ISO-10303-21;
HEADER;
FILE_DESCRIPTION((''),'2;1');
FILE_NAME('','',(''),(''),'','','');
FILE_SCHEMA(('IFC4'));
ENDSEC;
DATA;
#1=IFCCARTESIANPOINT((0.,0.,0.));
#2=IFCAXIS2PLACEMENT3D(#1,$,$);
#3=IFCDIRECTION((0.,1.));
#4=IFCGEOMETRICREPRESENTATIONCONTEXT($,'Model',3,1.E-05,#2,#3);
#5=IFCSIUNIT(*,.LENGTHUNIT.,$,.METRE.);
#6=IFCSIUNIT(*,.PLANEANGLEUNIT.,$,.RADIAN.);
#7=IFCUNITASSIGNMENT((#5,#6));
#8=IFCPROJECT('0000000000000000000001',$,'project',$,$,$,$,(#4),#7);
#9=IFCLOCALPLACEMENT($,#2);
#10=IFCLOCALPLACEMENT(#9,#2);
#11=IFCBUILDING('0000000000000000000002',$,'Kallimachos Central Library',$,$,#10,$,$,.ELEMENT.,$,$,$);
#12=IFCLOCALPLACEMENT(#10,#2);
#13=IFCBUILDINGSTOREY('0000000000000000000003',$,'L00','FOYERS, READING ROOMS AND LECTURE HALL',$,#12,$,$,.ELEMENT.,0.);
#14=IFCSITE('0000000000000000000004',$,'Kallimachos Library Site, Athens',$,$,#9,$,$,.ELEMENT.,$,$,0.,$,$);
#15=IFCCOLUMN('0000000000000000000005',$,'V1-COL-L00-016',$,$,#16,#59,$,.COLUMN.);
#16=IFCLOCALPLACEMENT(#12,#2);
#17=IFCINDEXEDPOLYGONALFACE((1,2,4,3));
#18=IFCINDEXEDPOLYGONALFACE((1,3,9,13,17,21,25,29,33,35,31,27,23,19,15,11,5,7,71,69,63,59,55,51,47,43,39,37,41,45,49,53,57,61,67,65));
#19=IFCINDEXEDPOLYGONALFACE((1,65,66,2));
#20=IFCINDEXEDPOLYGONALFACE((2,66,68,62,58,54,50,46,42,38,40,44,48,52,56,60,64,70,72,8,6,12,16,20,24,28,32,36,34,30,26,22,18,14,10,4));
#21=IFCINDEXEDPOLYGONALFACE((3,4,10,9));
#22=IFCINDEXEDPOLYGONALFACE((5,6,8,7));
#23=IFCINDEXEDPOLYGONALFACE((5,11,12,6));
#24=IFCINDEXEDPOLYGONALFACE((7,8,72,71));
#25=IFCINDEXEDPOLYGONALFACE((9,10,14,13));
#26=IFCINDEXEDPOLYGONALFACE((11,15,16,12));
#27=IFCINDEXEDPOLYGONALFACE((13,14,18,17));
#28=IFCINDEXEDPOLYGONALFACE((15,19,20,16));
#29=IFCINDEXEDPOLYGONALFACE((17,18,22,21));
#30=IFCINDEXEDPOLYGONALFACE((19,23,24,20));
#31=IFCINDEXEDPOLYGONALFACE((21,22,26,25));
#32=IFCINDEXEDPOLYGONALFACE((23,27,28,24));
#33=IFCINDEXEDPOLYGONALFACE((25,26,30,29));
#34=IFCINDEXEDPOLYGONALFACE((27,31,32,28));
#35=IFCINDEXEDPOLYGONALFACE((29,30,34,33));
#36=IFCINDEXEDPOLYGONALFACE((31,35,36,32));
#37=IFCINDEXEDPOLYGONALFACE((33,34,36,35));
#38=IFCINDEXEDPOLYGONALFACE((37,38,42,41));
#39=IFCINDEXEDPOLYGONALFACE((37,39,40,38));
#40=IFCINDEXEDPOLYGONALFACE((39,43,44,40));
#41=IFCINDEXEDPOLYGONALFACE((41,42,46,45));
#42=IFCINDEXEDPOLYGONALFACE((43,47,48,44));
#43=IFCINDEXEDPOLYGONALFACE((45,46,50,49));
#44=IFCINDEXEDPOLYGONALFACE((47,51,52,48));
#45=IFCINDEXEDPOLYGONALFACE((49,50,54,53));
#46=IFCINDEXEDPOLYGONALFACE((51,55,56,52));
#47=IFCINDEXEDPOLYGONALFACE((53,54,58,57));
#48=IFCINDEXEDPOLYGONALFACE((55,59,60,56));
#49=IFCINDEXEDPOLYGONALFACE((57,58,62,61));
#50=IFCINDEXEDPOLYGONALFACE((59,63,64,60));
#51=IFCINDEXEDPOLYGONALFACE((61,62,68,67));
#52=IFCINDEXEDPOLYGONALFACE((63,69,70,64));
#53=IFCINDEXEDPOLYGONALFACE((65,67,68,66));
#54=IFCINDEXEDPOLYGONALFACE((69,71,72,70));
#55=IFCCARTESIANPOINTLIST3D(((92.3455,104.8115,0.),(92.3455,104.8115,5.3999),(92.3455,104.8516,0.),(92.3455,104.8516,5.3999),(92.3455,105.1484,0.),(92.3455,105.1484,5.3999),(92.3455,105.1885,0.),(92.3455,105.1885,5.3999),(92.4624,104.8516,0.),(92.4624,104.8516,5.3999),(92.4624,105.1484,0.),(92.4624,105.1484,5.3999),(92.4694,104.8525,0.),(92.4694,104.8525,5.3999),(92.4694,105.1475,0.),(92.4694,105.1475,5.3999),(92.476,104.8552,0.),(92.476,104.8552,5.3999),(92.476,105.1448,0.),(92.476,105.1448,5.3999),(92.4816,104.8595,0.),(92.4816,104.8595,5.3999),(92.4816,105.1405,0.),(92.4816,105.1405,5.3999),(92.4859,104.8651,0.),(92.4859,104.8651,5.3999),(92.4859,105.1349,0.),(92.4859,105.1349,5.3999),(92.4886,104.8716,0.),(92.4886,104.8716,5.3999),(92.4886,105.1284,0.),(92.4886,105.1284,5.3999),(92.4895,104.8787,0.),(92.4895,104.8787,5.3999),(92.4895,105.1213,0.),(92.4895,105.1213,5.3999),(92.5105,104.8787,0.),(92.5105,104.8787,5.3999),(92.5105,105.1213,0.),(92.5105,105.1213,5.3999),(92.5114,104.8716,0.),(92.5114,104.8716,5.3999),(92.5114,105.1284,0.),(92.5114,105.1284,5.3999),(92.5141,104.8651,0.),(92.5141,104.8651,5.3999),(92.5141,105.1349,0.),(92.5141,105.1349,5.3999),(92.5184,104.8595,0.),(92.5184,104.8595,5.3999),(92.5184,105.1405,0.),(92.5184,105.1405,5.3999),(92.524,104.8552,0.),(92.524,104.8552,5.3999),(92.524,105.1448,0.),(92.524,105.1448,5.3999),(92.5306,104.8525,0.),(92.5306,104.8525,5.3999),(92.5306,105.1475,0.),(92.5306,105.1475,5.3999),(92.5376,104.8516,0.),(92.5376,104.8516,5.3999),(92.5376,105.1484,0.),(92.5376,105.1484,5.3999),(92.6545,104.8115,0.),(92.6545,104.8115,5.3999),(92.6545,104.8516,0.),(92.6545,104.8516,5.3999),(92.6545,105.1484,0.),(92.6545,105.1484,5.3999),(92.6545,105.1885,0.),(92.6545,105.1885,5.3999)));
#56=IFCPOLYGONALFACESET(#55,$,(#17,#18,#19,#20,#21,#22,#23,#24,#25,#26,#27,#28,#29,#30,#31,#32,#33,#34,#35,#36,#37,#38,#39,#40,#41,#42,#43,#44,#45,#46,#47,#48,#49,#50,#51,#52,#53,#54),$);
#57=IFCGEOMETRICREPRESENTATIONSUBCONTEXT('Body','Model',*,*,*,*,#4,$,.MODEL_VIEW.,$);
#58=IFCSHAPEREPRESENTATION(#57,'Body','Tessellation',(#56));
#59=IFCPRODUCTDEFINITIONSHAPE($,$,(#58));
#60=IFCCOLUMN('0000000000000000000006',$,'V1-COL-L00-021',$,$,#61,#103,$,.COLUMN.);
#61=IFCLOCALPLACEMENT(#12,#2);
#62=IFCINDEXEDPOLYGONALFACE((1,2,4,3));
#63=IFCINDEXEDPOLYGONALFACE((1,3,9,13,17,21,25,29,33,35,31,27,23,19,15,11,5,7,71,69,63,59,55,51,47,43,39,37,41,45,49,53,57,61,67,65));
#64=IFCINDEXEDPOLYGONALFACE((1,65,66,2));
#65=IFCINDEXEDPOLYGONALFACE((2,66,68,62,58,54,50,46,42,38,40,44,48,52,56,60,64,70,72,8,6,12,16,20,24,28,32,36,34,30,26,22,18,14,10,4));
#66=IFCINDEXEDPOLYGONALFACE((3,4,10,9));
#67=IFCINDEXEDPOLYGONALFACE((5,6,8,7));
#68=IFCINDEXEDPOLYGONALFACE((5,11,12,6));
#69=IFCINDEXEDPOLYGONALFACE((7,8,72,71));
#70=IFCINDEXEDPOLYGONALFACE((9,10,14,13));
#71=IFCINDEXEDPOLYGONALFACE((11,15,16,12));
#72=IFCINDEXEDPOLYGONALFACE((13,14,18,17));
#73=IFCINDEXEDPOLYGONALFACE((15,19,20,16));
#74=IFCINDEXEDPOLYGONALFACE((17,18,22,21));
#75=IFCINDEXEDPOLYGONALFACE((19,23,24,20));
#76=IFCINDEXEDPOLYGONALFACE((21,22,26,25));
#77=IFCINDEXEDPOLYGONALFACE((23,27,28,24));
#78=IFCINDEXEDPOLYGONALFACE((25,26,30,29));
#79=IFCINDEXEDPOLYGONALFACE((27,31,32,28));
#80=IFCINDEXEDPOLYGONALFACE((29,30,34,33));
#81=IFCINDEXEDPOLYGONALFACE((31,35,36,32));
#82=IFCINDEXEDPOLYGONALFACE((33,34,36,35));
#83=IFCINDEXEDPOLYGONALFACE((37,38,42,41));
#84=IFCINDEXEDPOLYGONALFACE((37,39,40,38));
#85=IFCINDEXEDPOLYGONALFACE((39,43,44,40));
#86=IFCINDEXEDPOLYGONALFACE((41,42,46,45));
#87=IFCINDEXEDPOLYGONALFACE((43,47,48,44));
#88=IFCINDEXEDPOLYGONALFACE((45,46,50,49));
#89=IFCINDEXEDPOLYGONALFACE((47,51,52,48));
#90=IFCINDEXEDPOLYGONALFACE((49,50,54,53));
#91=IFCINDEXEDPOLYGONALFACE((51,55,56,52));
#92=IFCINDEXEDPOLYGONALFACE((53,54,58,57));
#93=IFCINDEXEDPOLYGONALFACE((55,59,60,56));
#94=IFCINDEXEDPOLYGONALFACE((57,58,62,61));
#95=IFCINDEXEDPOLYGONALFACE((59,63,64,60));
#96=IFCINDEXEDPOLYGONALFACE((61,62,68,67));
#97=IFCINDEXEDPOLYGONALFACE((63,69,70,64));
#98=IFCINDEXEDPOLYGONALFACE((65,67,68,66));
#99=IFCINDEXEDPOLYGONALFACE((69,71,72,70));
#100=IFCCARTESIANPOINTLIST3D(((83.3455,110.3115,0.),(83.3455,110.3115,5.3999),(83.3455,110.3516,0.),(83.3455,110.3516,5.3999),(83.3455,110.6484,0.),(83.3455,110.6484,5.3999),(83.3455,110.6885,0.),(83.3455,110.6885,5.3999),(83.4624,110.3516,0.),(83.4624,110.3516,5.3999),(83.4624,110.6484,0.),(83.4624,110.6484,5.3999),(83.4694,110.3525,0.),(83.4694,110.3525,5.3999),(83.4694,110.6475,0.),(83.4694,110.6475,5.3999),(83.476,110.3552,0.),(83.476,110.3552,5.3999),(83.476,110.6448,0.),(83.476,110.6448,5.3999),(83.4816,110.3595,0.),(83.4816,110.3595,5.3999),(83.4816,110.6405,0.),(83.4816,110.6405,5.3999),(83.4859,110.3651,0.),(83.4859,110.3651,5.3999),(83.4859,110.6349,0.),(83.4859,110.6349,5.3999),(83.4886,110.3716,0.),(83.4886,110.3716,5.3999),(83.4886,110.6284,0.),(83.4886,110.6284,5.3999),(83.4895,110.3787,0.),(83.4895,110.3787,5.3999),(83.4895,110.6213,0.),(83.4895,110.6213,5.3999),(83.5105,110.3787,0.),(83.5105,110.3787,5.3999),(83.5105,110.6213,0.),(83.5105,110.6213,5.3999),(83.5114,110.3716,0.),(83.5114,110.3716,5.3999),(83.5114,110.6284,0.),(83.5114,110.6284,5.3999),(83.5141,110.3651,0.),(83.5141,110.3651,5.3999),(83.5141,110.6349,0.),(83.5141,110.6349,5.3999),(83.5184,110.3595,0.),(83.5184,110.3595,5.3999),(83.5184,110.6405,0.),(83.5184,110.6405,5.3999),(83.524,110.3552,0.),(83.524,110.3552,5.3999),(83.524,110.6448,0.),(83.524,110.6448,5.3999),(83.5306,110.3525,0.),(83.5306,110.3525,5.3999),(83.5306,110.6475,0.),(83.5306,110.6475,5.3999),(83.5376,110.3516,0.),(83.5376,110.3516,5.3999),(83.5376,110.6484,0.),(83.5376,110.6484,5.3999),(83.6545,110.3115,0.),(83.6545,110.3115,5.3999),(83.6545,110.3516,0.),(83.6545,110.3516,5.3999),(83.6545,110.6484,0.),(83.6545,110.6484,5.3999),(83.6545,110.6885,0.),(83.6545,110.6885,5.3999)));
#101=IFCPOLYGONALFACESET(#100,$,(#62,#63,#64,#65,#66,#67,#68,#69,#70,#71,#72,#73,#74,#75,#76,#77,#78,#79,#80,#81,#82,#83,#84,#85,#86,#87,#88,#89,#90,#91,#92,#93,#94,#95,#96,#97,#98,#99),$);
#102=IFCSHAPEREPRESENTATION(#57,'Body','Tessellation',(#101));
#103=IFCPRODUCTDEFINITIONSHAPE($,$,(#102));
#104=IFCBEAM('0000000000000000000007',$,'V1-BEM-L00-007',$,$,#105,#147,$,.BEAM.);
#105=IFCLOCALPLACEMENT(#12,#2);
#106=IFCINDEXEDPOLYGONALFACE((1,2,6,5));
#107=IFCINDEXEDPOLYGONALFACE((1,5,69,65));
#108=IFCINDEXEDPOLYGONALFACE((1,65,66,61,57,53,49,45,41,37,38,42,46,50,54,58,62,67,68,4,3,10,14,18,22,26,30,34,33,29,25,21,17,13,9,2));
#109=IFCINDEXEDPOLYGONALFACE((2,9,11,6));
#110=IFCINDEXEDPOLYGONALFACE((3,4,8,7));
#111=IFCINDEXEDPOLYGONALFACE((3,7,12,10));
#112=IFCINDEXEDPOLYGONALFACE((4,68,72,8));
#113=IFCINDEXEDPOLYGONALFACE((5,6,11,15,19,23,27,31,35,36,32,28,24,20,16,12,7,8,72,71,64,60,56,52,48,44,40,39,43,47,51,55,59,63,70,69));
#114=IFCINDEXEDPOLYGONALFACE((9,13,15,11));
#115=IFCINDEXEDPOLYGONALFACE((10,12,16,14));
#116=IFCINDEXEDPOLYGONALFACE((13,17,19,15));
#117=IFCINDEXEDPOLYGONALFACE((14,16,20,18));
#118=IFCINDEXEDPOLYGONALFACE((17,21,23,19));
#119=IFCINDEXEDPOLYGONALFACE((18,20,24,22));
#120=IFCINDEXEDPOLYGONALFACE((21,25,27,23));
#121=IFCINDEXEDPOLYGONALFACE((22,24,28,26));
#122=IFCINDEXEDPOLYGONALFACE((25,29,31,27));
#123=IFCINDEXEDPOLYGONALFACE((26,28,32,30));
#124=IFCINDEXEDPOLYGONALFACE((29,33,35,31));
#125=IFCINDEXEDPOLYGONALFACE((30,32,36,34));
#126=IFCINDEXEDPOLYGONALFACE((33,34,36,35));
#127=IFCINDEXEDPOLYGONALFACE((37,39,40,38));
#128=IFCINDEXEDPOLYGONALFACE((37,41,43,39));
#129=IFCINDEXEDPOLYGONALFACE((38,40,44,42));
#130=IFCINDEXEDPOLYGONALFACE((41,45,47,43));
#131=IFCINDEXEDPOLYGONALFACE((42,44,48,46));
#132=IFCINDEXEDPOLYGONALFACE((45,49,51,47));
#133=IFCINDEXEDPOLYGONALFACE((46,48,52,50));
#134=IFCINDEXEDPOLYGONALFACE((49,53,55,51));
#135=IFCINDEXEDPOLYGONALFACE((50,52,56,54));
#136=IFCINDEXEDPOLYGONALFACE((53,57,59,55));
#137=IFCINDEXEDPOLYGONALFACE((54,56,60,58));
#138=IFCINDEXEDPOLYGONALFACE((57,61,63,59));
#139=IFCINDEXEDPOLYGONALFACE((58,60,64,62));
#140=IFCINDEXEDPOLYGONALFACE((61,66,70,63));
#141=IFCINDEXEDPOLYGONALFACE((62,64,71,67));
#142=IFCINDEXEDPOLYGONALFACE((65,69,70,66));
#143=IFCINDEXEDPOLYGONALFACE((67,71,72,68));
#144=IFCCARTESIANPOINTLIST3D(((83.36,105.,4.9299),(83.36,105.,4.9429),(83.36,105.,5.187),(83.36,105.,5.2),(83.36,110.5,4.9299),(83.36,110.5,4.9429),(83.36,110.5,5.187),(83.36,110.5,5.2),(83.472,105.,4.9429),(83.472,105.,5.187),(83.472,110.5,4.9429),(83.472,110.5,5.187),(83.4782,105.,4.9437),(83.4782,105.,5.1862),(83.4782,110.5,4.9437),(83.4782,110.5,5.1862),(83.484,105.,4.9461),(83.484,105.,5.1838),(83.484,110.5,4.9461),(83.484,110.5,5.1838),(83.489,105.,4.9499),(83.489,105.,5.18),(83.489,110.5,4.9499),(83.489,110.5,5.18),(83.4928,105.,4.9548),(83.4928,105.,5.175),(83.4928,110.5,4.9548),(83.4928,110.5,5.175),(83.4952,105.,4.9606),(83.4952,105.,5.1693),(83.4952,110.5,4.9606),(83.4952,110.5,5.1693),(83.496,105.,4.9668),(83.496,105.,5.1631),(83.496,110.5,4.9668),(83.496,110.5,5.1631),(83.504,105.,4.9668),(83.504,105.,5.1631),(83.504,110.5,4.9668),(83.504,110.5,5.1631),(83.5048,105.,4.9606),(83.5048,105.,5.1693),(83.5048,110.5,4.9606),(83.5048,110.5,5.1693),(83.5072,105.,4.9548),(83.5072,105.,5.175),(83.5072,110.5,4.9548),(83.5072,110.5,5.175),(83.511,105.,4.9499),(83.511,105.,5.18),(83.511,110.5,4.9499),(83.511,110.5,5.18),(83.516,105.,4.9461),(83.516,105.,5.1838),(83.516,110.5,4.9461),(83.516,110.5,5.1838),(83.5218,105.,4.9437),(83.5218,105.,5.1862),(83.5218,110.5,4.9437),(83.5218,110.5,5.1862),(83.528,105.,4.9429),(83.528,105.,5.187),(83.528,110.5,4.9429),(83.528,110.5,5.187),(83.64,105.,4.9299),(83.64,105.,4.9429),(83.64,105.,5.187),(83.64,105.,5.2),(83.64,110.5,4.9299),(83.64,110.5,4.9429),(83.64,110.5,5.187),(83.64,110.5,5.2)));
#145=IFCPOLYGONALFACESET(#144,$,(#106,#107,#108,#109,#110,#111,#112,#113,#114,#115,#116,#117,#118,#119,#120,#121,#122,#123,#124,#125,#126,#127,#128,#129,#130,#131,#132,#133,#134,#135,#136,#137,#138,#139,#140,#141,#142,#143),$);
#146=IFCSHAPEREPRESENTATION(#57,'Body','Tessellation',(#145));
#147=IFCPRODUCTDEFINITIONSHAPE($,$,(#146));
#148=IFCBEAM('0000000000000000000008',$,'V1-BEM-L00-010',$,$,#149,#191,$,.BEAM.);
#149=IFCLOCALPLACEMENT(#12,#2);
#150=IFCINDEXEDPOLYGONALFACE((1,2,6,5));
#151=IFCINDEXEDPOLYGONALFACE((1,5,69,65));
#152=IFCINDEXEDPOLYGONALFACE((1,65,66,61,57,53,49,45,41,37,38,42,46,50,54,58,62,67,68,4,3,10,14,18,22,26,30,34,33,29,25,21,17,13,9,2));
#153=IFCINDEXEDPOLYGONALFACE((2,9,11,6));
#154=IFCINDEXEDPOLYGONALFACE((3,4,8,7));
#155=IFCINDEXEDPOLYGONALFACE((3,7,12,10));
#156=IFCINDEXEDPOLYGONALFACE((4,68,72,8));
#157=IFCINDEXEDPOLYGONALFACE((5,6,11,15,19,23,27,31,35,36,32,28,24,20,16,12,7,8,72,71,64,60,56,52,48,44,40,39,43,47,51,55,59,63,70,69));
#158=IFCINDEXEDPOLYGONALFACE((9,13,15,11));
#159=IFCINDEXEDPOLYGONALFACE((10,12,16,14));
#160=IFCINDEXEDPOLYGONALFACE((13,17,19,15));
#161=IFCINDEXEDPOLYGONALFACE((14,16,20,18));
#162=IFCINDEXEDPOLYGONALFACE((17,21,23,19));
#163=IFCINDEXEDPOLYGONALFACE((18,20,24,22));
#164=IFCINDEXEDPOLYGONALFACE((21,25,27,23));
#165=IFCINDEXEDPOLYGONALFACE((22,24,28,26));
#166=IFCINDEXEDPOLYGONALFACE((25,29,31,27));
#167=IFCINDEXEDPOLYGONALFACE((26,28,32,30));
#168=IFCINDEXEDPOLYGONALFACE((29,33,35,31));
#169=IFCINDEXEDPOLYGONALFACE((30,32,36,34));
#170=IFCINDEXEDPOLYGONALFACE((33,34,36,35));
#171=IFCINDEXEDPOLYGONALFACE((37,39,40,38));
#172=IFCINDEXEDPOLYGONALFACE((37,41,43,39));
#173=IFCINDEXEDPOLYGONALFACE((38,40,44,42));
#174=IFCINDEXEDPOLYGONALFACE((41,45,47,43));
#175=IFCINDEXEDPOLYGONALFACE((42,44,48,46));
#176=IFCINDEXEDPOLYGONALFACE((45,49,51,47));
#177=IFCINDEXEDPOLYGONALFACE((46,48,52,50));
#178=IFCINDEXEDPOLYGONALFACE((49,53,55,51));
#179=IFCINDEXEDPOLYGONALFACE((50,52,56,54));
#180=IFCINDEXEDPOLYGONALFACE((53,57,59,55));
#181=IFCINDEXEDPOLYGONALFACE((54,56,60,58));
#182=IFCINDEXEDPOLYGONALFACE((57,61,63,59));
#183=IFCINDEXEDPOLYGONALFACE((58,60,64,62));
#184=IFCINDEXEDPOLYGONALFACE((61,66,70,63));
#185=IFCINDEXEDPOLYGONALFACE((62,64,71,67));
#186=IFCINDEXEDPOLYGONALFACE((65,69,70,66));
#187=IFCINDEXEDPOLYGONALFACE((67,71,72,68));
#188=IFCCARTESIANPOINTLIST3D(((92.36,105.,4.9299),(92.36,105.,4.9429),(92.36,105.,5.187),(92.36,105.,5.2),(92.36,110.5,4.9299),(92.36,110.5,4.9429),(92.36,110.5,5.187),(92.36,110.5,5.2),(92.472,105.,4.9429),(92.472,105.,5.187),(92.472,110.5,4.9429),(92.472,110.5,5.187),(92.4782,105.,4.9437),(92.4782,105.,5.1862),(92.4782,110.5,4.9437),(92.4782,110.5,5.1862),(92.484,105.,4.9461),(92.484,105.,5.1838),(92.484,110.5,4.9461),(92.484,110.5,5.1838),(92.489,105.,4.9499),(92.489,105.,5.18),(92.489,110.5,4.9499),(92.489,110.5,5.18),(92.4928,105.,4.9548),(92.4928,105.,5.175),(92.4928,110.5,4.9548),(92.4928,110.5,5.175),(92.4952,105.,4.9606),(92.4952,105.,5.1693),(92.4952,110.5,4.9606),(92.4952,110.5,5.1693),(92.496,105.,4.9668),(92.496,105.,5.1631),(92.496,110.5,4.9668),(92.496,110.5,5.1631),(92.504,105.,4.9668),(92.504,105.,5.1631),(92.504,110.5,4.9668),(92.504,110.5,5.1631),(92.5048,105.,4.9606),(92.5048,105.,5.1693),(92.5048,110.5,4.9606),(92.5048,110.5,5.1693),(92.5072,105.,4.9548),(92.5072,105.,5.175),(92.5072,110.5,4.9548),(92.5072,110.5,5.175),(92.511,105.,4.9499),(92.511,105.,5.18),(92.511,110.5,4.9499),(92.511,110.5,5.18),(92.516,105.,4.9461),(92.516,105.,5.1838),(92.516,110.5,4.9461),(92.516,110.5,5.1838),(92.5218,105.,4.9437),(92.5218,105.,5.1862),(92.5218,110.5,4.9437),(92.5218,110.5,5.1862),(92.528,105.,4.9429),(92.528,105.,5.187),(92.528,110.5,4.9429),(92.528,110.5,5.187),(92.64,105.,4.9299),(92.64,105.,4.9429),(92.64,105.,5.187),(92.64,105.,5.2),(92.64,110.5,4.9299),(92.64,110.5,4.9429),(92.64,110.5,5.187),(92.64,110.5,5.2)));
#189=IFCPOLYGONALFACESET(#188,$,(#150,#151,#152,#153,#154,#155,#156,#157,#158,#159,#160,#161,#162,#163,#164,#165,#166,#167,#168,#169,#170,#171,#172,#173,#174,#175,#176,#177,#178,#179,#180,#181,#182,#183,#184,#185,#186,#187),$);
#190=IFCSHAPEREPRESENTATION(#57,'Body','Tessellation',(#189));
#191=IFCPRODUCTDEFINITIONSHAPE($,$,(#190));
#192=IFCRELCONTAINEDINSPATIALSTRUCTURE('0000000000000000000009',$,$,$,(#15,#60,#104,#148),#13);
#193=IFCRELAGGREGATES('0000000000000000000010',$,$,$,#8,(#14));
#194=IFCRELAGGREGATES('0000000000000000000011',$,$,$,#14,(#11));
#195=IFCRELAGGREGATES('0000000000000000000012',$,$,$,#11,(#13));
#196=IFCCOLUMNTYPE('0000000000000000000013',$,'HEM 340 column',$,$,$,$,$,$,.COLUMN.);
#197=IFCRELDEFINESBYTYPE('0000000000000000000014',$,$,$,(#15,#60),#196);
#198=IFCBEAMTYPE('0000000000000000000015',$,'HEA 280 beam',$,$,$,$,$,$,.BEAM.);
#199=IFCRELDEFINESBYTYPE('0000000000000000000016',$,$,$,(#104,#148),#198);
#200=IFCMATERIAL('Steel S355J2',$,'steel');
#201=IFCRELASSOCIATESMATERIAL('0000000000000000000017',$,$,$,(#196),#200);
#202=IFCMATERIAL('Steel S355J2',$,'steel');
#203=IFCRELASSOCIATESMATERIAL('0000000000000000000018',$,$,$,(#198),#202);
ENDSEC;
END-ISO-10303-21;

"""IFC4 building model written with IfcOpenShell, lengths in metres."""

from ifc_helpers import new_model, si_unit, direction, frame, origin, origin_2d, place, context, subcontext, project, spatial, i_section, extrude, material, material_profile, profile_set, type_object, element, save


model = new_model("IFC4")

# Units and contexts
model_context = context("Model", 3, precision=1e-05, world=origin(), true_north=direction((0.0, 1.0)))
body_context = subcontext(model_context, "Body", "Model", "MODEL_VIEW")
ifc_project = project(units=[si_unit("LENGTHUNIT", "METRE"), si_unit("PLANEANGLEUNIT", "RADIAN")], contexts=[model_context])

# Site, building, storey
site_placement = place(None, origin())
site = spatial("IfcSite", under=ifc_project, at=site_placement, Name="Kallimachos Library Site, Athens", CompositionType="ELEMENT", RefElevation=0.0)
building_placement = place(site_placement, origin())
building = spatial("IfcBuilding", under=site, at=building_placement, Name="Kallimachos Central Library", CompositionType="ELEMENT")
storey_placement = place(building_placement, origin())
storey = spatial("IfcBuildingStorey", under=building, at=storey_placement, Name="L00", Description="FOYERS, READING ROOMS AND LECTURE HALL", CompositionType="ELEMENT", Elevation=0.0)

# Columns
ifc_material_1 = material(Name="Steel S355J2", Category="steel")
ifc_material_profile_1 = material_profile(ifc_material_1, i_section(OverallWidth=0.3091, OverallDepth=0.377, WebThickness=0.021, FlangeThickness=0.04, FilletRadius=0.0271, at=origin_2d()), Name="HEM 340")
ifc_profile_set_1 = profile_set([ifc_material_profile_1], Name="Steel S355J2")
column_type = type_object("IfcColumnType", Name="HEM 340 column", PredefinedType="COLUMN", material=ifc_profile_set_1)
for number, where, z_axis, x_axis, name in (
    (1, (92.5, 105.0, 0.0), (0.0, 0.0, 1.0), (1.0, 0.0, 0.0), "V1-COL-L00-016"),
    (2, (83.5, 110.5, 0.0), (0.0, 0.0, 1.0), (1.0, 0.0, 0.0), "V1-COL-L00-021"),
):
    element("IfcColumn", number, at=place(storey_placement, frame(where, z_axis=z_axis, x_axis=x_axis)), inside=storey, type_object=column_type, Name=name, PredefinedType="COLUMN", context=body_context, shape_type="SweptSolid", body=[
        extrude(i_section(OverallWidth=0.3091, OverallDepth=0.377, WebThickness=0.021, FlangeThickness=0.04, FilletRadius=0.0271, at=origin_2d()), origin(), (0.0, 0.0, 1.0), 5.3999),
    ])

# Beams
ifc_material_2 = material(Name="Steel S355J2", Category="steel")
ifc_material_profile_2 = material_profile(ifc_material_2, i_section(OverallWidth=0.28, OverallDepth=0.27, WebThickness=0.0081, FlangeThickness=0.0129, FilletRadius=0.0239, at=origin_2d()), Name="HEA 280")
ifc_profile_set_2 = profile_set([ifc_material_profile_2], Name="Steel S355J2")
beam_type_1 = type_object("IfcBeamType", Name="HEA 280 beam", PredefinedType="BEAM", material=ifc_profile_set_2)
for number, where, z_axis, x_axis, name in (
    (3, (83.5, 105.0, 5.0649), (0.0, 1.0, 0.0), (-1.0, 0.0, 0.0), "V1-BEM-L00-007"),
    (4, (92.5, 105.0, 5.0649), (0.0, 1.0, 0.0), (-1.0, 0.0, 0.0), "V1-BEM-L00-010"),
):
    element("IfcBeam", number, at=place(storey_placement, frame(where, z_axis=z_axis, x_axis=x_axis)), inside=storey, type_object=beam_type_1, Name=name, PredefinedType="BEAM", context=body_context, shape_type="SweptSolid", body=[
        extrude(i_section(OverallWidth=0.28, OverallDepth=0.27, WebThickness=0.0081, FlangeThickness=0.0129, FilletRadius=0.0239, at=origin_2d()), origin(), (0.0, 0.0, 1.0), 5.5),
    ])

save(model, "model.ifc")
